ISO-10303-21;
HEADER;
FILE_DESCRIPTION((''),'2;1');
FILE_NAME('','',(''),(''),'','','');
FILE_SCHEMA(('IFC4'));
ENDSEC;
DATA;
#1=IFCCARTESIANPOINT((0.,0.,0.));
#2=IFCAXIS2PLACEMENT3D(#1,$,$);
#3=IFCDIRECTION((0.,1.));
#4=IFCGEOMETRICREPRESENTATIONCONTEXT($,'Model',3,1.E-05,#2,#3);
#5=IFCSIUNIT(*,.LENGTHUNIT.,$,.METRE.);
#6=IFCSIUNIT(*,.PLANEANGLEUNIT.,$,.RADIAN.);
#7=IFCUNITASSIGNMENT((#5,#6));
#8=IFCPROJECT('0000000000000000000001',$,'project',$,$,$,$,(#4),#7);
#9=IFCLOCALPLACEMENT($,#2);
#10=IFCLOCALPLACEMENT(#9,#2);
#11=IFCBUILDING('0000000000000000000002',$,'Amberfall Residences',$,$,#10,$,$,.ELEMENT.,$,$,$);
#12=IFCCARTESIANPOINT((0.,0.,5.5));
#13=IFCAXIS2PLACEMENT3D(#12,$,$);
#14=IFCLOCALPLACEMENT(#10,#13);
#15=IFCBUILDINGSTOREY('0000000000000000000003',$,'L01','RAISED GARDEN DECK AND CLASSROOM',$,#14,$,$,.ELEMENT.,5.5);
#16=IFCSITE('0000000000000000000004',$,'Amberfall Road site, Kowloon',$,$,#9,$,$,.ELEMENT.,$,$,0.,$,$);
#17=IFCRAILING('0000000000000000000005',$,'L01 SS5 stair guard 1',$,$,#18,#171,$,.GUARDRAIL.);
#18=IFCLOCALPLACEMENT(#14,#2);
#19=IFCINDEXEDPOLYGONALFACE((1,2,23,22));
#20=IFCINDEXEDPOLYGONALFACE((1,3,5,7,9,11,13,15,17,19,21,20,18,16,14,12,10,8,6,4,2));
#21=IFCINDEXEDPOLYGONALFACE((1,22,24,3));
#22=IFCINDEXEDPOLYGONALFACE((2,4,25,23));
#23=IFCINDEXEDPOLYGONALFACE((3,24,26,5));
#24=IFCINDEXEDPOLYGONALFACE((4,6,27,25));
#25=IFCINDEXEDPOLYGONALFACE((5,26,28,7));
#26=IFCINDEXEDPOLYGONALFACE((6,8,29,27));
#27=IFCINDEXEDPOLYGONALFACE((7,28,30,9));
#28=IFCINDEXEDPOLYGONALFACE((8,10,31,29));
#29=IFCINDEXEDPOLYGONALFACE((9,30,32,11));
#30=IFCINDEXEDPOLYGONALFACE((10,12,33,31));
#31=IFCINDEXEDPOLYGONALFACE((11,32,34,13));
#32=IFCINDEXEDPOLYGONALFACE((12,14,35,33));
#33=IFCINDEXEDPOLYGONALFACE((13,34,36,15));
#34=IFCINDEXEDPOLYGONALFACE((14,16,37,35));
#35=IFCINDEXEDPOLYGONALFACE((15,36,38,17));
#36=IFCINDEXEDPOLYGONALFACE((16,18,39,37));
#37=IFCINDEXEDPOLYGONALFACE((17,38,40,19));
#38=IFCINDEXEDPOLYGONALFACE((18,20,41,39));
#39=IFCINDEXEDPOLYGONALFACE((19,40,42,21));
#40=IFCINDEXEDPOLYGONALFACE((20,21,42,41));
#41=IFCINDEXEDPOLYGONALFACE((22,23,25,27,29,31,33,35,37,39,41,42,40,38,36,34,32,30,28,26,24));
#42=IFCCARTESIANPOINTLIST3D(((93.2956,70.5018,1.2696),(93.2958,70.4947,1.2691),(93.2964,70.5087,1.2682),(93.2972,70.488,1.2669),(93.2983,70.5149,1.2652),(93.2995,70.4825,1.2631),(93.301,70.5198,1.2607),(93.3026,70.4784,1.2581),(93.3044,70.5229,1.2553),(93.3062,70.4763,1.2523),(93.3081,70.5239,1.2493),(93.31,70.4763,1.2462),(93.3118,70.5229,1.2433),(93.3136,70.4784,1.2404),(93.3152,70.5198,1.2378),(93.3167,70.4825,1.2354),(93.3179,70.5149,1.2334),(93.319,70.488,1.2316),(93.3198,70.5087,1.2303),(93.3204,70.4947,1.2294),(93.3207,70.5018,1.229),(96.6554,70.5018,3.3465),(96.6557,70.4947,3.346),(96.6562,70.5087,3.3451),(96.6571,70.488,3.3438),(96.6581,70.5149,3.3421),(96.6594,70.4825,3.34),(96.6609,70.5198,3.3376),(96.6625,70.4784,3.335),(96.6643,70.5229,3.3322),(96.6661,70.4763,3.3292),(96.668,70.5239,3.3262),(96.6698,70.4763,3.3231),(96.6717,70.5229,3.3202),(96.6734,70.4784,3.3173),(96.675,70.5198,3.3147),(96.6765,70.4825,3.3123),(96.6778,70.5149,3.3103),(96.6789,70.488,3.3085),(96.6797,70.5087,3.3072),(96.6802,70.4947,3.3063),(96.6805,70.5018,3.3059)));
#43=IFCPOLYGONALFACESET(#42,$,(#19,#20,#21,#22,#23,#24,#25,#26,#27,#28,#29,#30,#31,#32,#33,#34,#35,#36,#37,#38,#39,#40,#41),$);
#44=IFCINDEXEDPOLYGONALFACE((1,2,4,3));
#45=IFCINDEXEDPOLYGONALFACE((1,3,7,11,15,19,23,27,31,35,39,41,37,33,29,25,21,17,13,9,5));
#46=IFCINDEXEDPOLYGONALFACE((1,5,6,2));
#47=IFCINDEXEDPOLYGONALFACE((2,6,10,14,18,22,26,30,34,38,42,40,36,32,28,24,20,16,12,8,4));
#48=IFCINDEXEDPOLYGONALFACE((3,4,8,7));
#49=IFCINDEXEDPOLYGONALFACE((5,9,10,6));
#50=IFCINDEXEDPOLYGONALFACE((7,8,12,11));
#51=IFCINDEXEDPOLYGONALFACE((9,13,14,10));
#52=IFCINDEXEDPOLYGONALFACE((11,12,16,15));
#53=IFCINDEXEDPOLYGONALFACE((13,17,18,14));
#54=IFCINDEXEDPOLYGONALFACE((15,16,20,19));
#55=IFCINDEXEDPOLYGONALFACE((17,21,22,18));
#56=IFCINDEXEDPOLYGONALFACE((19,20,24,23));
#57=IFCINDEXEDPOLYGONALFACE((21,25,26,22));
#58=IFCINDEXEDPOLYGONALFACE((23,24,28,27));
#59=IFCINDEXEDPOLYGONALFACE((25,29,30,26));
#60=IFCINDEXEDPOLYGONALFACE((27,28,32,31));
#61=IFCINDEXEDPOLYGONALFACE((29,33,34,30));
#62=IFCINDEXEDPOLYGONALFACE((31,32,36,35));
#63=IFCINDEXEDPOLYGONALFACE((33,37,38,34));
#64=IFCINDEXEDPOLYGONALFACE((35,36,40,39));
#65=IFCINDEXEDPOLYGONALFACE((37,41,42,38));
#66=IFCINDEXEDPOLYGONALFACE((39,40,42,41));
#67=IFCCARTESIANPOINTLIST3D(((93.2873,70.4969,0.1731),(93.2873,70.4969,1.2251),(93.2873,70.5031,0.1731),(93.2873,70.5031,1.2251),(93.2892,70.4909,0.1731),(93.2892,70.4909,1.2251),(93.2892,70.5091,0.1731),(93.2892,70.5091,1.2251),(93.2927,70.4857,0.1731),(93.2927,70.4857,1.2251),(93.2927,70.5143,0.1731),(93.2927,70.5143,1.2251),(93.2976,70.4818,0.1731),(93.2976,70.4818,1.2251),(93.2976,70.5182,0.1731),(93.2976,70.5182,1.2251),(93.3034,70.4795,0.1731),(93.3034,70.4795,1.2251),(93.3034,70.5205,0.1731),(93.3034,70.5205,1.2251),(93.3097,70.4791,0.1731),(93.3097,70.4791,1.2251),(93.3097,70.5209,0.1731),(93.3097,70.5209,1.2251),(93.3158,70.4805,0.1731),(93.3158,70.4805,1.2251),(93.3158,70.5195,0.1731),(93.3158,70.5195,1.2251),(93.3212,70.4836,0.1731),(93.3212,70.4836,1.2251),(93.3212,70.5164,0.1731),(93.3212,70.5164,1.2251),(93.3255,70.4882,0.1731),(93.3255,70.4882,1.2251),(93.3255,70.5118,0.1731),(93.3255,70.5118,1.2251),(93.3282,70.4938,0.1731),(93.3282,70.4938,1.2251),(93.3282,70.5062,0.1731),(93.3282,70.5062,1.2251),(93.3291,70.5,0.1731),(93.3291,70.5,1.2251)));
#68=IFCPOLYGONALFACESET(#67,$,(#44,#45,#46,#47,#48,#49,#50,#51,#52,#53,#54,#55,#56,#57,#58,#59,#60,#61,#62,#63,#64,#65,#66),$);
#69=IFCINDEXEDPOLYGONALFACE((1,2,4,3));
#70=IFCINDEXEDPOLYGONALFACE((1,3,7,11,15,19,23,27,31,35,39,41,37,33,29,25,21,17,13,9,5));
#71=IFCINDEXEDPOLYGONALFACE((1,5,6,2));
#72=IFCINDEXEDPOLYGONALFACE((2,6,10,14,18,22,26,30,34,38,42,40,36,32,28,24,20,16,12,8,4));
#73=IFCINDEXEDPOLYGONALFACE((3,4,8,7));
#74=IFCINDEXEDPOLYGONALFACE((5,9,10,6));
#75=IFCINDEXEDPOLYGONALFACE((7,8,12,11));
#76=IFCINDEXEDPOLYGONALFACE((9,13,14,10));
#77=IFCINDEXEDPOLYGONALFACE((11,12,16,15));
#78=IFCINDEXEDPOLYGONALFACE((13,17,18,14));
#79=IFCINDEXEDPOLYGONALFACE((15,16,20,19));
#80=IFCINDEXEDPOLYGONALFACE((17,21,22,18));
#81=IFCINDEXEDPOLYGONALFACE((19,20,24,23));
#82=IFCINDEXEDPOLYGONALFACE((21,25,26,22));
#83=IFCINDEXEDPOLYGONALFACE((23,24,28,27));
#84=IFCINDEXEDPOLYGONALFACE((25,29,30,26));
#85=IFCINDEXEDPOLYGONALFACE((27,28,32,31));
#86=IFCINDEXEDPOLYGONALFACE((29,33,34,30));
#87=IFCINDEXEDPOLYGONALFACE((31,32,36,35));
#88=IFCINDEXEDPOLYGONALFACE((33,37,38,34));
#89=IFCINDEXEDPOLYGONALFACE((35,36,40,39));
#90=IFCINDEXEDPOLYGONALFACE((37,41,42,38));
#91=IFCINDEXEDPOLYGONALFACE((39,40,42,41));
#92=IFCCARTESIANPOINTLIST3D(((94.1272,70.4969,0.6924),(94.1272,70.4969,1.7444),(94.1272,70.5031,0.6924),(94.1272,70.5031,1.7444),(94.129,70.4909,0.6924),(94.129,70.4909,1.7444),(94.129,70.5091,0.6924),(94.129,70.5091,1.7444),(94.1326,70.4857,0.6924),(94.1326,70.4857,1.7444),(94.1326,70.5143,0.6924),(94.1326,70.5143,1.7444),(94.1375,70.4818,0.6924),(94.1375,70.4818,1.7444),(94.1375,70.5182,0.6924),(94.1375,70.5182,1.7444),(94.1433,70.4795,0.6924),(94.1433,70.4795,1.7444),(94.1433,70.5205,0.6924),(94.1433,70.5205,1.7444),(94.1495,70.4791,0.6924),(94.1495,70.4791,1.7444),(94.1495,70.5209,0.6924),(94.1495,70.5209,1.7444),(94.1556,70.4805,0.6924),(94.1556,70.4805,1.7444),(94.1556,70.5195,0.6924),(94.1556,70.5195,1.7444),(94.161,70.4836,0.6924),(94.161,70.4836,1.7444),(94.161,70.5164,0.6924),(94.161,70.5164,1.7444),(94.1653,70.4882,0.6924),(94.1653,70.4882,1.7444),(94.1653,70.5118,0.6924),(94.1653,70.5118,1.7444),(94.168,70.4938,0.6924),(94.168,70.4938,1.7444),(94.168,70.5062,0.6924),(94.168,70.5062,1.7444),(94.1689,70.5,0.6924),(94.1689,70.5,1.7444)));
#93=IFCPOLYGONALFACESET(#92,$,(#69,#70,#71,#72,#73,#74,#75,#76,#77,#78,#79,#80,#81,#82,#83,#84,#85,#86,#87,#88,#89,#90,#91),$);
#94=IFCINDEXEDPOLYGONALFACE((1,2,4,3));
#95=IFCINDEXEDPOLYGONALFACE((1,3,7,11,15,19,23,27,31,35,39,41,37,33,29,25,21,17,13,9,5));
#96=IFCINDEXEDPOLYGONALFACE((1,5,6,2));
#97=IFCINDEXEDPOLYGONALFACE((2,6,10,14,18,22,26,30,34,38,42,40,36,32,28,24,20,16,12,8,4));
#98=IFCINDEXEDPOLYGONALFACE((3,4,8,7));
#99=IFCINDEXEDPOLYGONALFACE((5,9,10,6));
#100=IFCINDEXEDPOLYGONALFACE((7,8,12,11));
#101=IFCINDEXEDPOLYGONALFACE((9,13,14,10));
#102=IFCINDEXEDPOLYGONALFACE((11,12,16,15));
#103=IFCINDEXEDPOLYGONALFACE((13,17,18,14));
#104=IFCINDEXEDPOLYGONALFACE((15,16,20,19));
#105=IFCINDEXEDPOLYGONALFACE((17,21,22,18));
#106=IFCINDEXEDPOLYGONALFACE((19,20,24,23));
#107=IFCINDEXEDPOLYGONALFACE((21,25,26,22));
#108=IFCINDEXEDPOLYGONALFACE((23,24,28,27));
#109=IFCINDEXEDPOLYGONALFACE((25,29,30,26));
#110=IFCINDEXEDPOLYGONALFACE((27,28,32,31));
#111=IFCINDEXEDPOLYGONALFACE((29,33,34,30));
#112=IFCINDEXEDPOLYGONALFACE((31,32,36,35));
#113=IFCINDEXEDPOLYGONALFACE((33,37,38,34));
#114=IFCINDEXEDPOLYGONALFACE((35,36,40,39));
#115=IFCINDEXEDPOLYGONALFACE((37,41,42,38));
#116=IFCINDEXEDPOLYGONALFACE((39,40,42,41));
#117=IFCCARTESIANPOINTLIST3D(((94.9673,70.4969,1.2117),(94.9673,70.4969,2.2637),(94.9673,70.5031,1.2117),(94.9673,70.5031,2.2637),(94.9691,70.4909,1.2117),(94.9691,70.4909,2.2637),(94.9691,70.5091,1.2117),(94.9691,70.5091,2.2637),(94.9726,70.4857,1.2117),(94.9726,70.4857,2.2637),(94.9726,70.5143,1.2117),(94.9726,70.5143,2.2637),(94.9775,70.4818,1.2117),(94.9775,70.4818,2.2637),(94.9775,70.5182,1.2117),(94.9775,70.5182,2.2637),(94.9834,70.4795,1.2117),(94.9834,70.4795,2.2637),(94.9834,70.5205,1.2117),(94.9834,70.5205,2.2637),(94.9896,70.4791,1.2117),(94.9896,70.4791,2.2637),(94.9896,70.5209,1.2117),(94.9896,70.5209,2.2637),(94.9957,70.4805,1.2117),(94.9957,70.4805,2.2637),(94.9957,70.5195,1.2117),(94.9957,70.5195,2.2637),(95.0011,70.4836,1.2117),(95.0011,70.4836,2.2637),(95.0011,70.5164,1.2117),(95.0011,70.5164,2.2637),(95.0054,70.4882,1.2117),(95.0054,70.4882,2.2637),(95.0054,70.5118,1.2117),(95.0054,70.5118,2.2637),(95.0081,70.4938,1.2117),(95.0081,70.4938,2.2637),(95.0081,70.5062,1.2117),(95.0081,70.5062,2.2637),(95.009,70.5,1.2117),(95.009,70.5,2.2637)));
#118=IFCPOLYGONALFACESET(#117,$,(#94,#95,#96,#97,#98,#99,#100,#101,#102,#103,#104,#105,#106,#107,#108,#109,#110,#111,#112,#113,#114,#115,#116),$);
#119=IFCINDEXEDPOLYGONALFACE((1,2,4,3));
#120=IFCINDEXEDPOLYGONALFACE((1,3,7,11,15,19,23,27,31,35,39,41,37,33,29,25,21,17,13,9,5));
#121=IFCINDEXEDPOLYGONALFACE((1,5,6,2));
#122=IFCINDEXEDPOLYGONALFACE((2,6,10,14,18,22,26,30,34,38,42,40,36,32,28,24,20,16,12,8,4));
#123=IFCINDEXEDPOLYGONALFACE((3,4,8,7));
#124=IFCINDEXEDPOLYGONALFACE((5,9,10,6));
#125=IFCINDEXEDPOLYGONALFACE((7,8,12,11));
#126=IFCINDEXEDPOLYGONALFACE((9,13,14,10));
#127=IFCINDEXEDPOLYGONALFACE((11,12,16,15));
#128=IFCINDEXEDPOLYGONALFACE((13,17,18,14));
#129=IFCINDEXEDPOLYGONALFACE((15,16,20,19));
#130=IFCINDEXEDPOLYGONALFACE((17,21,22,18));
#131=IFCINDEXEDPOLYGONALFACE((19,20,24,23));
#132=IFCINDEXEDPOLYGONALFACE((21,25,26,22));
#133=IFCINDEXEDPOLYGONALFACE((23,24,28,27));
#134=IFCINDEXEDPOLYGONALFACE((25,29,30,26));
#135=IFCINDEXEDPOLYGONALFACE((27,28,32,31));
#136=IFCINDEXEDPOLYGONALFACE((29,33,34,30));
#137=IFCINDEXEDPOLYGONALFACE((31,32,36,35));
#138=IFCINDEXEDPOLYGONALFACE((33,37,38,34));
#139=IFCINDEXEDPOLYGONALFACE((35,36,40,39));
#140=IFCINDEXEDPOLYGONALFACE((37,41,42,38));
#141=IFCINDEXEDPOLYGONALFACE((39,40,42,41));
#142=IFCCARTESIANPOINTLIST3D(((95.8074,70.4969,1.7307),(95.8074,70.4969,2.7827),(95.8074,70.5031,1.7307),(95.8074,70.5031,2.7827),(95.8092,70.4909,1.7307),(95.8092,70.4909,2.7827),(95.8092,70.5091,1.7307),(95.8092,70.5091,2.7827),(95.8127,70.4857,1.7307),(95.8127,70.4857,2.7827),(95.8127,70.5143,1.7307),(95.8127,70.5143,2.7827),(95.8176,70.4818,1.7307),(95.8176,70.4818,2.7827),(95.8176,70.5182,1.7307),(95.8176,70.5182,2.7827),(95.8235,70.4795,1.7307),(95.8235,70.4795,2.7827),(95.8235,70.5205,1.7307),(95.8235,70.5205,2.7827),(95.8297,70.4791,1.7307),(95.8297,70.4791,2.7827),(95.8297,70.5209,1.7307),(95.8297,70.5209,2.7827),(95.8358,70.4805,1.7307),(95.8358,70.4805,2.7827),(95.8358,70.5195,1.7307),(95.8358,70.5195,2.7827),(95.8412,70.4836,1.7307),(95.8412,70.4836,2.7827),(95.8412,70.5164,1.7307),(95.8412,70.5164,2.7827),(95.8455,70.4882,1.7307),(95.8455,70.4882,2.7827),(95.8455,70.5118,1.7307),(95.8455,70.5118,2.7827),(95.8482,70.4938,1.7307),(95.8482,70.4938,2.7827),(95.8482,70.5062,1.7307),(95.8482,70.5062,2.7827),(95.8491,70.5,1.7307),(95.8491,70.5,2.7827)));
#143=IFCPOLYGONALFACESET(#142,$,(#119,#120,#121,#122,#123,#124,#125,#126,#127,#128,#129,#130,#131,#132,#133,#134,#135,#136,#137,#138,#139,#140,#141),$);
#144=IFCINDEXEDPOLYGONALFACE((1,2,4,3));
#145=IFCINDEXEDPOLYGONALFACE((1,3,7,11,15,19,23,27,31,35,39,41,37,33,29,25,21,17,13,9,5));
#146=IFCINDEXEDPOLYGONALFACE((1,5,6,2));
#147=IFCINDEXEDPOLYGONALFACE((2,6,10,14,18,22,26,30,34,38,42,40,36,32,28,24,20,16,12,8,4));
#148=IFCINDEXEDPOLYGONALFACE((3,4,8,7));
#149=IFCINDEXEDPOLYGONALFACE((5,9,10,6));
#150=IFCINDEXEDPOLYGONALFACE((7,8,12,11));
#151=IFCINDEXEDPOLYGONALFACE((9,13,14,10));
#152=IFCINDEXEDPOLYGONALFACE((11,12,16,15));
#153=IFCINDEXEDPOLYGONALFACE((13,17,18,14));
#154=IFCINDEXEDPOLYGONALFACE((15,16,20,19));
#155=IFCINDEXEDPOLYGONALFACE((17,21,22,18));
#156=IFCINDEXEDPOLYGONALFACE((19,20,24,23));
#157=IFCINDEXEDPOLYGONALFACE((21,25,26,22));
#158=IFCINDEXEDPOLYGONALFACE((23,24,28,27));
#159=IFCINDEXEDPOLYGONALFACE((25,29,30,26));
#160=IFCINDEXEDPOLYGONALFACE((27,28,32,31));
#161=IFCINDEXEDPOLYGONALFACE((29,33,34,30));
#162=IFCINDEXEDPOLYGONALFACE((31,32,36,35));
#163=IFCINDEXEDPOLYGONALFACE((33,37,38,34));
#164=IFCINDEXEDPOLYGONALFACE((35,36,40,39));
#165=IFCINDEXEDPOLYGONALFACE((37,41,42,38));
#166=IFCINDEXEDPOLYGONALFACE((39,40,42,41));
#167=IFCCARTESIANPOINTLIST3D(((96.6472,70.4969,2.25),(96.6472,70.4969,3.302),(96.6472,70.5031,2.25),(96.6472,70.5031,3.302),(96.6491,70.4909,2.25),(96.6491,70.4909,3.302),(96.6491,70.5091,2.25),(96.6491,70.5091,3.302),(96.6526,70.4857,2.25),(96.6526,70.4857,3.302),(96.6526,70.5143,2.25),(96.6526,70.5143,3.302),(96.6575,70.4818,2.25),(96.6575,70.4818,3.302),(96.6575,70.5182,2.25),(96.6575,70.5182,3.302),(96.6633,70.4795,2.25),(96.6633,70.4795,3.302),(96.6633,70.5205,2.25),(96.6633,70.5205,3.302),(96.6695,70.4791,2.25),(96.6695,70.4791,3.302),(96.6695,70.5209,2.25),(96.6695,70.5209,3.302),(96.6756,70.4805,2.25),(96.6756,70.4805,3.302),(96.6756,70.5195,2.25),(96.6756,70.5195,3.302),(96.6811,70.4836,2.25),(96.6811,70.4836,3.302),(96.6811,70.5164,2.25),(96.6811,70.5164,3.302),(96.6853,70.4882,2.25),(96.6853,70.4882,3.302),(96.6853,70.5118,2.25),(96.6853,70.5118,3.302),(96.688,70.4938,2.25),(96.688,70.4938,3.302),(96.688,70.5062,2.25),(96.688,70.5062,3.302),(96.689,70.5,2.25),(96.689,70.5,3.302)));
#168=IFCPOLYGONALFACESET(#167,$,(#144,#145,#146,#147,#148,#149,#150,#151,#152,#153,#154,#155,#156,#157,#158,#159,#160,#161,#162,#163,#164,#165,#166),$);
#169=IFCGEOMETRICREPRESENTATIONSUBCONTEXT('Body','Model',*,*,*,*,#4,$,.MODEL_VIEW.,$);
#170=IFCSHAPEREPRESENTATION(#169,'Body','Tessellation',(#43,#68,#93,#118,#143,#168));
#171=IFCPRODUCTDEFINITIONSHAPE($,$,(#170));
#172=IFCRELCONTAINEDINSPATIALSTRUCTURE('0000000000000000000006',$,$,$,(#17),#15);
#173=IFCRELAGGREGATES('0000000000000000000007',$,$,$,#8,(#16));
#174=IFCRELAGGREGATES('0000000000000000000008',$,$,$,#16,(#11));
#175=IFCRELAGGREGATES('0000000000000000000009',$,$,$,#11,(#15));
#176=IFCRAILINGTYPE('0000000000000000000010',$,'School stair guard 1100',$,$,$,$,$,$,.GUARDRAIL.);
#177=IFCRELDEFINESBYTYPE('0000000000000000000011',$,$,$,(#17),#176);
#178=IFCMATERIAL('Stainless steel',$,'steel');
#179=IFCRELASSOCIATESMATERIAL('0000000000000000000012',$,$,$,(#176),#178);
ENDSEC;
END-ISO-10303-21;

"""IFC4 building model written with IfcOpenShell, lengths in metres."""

from ifc_helpers import new_model, si_unit, direction, frame, origin, origin_2d, place, context, subcontext, project, spatial, circle, extrude, material, type_object, element, save


model = new_model("IFC4")

# Units and contexts
model_context = context("Model", 3, precision=1e-05, world=origin(), true_north=direction((0.0, 1.0)))
body_context = subcontext(model_context, "Body", "Model", "MODEL_VIEW")
ifc_project = project(units=[si_unit("LENGTHUNIT", "METRE"), si_unit("PLANEANGLEUNIT", "RADIAN")], contexts=[model_context])

# Site, building, storey
site_placement = place(None, origin())
site = spatial("IfcSite", under=ifc_project, at=site_placement, Name="Amberfall Road site, Kowloon", CompositionType="ELEMENT", RefElevation=0.0)
building_placement = place(site_placement, origin())
building = spatial("IfcBuilding", under=site, at=building_placement, Name="Amberfall Residences", CompositionType="ELEMENT")
storey_placement = place(building_placement, frame((0.0, 0.0, 5.5)))
storey = spatial("IfcBuildingStorey", under=building, at=storey_placement, Name="L01", Description="RAISED GARDEN DECK AND CLASSROOM", CompositionType="ELEMENT", Elevation=5.5)

# Railing
ifc_material_1 = material(Name="Stainless steel", Category="steel")
railing_type_1 = type_object("IfcRailingType", Name="School stair guard 1100", PredefinedType="GUARDRAIL", material=ifc_material_1)
railing_1_placement = place(storey_placement, frame((93.3081, 70.5, 0.1731)))
element("IfcRailing", 1, at=railing_1_placement, inside=storey, type_object=railing_type_1, Name="L01 SS5 stair guard 1", PredefinedType="GUARDRAIL", context=body_context, shape_type="SweptSolid", body=[
    extrude(circle(Radius=0.0239, at=origin_2d()), frame((0.0, 0.0, 1.0762), z_axis=(0.850606, 0.0, 0.525803), x_axis=(0.0, 1.0, 0.0)), (0.0, 0.0, 1.0), 3.95),
    extrude(circle(Radius=0.021, at=origin_2d()), origin(), (0.0, 0.0, 1.0), 1.052),
    extrude(circle(Radius=0.021, at=origin_2d()), frame((0.8398, 0.0, 0.5193)), (0.0, 0.0, 1.0), 1.052),
    extrude(circle(Radius=0.021, at=origin_2d()), frame((1.6799, 0.0, 1.0386)), (0.0, 0.0, 1.0), 1.052),
    extrude(circle(Radius=0.021, at=origin_2d()), frame((2.52, 0.0, 1.5576)), (0.0, 0.0, 1.0), 1.052),
    extrude(circle(Radius=0.021, at=origin_2d()), frame((3.3599, 0.0, 2.0769)), (0.0, 0.0, 1.0), 1.052),
])

save(model, "model.ifc")
